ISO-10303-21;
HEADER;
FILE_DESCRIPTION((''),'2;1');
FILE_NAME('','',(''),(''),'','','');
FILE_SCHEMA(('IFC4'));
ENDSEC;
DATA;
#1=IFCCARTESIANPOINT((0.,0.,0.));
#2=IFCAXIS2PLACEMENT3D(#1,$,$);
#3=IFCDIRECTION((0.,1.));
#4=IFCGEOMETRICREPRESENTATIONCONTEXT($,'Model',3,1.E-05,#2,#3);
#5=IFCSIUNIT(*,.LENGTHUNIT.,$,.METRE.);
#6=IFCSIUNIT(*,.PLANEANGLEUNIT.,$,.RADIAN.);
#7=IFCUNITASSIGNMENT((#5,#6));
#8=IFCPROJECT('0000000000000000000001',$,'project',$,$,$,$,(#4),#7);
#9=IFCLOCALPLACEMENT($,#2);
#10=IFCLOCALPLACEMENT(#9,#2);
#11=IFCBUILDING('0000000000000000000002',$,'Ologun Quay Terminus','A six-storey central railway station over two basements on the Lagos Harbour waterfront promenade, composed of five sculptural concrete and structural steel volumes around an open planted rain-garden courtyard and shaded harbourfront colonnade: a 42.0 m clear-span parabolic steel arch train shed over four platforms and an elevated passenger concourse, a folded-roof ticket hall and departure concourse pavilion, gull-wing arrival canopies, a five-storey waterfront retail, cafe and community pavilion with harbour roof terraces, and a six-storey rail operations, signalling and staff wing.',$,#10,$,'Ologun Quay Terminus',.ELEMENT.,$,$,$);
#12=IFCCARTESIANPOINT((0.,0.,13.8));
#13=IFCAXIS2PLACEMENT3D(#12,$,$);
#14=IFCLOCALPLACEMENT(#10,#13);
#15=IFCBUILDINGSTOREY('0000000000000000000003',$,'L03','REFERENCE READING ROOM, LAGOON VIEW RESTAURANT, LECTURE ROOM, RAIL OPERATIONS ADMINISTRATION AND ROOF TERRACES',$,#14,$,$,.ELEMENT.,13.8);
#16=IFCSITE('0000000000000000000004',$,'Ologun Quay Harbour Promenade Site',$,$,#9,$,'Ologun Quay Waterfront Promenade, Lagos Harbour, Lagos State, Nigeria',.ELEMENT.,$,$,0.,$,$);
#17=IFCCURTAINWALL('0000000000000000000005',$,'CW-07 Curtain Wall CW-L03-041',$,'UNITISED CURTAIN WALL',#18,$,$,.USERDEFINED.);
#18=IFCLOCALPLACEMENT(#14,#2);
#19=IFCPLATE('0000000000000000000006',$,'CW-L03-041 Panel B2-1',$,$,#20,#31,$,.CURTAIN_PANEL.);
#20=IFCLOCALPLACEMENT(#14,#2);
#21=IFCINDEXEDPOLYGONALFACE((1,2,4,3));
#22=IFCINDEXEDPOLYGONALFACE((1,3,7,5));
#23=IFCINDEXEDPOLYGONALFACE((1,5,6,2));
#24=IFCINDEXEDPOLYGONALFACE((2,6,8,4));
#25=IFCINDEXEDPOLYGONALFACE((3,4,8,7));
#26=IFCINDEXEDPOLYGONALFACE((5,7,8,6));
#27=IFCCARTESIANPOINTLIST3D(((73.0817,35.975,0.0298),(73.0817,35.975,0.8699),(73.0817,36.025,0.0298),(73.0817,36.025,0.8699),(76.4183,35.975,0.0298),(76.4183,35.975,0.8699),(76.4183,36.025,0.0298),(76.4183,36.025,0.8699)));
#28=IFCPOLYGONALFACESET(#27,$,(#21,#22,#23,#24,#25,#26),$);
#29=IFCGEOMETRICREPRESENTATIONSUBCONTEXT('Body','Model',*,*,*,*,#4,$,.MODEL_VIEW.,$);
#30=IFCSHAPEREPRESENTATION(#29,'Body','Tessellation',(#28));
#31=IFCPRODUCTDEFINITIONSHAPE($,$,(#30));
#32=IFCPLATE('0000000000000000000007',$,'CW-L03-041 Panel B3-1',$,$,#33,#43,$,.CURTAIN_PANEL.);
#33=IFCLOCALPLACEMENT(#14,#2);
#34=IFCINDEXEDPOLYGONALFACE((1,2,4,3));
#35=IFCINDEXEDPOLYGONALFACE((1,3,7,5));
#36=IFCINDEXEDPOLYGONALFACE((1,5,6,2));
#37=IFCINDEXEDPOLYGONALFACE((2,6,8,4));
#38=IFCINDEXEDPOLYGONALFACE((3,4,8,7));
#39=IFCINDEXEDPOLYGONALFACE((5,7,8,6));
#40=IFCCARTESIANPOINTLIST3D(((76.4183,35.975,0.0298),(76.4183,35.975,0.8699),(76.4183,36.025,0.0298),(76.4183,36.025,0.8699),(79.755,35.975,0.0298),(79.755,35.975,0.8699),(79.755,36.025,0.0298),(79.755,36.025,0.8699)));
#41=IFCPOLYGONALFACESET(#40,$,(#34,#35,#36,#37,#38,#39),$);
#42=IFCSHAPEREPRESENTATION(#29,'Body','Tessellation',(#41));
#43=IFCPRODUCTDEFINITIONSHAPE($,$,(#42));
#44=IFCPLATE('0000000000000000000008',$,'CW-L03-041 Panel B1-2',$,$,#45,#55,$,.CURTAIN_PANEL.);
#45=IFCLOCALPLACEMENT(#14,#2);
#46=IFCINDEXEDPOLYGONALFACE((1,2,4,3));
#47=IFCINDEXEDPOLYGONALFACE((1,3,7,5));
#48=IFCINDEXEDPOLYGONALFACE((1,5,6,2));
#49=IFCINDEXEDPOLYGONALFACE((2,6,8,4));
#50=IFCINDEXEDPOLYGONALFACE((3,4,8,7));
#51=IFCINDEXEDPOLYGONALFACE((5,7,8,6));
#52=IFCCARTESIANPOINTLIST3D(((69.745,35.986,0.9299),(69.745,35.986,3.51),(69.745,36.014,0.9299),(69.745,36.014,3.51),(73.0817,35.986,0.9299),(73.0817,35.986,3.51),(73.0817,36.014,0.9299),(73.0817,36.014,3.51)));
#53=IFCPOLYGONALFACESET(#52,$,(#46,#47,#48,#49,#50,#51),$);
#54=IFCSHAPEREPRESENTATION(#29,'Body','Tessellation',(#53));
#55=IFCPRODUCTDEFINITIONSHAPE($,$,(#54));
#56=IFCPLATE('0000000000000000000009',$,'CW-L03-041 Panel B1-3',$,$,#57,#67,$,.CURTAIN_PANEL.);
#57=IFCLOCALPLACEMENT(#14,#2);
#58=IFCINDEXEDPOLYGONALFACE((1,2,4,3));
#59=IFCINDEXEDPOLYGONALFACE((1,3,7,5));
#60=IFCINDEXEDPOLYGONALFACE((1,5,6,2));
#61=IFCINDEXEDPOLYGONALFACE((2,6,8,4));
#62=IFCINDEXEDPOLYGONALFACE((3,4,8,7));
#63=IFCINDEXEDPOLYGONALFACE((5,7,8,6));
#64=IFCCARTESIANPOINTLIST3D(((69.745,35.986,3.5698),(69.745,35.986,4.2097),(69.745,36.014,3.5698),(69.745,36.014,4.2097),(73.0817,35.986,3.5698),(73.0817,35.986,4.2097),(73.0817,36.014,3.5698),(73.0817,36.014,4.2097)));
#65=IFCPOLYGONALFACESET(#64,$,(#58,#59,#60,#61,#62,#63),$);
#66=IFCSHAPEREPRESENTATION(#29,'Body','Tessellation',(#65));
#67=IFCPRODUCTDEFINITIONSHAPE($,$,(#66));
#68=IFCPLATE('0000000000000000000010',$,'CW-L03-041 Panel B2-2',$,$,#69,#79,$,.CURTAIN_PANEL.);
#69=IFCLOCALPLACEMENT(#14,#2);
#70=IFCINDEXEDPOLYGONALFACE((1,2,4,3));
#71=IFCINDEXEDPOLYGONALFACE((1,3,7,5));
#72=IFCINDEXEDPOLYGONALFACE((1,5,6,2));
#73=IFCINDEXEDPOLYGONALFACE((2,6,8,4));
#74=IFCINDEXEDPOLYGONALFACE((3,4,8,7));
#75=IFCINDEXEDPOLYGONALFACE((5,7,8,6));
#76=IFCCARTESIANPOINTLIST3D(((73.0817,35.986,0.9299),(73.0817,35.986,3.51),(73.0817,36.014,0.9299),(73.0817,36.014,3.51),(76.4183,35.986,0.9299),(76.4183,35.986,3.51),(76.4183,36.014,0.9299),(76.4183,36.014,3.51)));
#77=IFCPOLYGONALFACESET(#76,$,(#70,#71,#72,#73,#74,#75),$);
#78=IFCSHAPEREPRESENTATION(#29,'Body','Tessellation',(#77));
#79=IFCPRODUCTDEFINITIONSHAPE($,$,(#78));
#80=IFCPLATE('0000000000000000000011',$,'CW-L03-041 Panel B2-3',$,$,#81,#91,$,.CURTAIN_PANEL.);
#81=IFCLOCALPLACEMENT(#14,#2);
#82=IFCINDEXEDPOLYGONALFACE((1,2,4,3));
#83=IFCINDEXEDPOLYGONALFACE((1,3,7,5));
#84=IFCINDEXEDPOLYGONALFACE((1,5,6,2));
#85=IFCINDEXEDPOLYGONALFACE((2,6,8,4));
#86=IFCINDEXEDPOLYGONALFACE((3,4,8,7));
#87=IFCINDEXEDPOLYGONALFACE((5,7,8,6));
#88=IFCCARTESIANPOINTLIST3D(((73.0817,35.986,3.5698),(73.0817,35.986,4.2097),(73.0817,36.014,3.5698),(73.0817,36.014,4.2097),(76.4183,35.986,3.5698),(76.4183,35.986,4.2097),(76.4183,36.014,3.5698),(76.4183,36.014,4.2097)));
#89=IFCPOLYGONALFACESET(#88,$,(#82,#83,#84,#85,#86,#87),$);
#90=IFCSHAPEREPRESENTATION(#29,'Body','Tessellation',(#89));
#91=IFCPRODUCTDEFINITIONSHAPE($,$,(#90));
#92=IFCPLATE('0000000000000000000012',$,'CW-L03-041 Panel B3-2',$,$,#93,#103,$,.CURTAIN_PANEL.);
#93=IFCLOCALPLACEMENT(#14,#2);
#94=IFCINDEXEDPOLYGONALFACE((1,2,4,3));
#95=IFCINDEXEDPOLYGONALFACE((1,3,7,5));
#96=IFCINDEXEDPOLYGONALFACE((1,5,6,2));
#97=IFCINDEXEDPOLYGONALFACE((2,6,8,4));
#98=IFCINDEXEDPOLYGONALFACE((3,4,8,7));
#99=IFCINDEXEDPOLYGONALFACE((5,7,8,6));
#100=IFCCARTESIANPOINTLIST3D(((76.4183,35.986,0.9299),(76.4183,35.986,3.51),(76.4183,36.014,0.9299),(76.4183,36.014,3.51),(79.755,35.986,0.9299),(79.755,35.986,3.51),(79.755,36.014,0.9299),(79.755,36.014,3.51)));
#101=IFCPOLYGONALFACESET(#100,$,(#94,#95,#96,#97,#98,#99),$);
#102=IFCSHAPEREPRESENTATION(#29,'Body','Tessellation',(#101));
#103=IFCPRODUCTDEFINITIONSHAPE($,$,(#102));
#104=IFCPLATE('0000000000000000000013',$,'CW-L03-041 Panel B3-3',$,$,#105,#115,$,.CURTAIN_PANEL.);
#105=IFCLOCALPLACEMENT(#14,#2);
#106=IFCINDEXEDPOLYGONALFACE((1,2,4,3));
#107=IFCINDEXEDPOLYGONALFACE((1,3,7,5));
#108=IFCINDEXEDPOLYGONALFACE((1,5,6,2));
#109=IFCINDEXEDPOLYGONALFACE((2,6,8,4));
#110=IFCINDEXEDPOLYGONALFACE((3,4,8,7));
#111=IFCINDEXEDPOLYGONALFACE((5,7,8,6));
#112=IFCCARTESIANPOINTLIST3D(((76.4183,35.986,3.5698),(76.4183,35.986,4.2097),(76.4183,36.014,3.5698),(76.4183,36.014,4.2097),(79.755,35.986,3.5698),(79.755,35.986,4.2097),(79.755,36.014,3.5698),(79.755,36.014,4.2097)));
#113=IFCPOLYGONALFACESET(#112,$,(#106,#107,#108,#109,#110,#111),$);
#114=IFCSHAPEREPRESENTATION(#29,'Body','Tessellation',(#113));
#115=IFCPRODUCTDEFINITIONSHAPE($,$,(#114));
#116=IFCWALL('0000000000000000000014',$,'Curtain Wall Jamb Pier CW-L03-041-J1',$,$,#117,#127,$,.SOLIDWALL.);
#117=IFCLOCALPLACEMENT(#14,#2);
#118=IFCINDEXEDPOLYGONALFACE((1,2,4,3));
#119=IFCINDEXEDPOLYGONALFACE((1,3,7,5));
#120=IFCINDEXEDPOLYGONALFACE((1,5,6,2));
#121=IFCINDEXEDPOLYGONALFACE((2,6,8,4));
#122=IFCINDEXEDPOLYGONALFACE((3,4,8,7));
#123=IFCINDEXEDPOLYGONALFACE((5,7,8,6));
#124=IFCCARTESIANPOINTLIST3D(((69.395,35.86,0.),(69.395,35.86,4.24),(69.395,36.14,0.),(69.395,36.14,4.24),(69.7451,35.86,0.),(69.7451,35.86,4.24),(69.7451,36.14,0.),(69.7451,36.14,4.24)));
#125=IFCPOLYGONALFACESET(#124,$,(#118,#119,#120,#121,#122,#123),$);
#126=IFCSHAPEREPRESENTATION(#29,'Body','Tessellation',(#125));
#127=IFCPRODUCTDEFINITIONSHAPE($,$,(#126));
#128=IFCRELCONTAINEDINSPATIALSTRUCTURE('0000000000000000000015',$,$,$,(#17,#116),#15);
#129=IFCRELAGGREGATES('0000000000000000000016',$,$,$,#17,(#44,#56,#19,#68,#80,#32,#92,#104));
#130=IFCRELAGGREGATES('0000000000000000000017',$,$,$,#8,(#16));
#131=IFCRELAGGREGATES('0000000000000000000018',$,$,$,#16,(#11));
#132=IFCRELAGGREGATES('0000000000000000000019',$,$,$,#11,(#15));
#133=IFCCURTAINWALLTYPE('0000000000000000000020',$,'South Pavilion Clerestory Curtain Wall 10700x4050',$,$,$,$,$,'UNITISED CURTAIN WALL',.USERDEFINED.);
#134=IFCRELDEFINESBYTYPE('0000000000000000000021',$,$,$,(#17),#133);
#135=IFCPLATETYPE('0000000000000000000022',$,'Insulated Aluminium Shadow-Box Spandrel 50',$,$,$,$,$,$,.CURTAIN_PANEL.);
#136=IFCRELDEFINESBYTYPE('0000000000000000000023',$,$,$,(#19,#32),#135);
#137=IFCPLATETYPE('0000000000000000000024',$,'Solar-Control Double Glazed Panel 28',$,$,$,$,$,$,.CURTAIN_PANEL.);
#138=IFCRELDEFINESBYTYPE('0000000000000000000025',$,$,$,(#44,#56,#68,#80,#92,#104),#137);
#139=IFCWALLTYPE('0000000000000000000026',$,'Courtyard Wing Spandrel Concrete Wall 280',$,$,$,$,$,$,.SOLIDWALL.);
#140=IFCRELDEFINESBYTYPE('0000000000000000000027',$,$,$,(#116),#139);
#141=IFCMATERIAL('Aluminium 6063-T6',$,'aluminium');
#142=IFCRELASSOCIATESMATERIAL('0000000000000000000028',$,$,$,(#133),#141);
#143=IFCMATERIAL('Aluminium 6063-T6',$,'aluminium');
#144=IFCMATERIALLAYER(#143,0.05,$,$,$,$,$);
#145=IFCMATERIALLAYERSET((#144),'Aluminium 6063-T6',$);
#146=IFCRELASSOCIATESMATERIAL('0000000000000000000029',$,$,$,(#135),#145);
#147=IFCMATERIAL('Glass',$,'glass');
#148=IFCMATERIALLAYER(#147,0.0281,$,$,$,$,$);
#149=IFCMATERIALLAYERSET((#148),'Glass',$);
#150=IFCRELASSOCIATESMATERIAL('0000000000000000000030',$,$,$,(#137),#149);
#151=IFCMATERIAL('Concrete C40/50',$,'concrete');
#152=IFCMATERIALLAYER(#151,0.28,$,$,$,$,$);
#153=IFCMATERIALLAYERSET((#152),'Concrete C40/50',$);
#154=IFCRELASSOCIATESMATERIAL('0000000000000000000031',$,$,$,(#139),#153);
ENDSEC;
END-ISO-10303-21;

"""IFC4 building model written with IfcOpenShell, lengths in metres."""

from ifc_helpers import new_model, si_unit, direction, frame, frame_2d, origin, origin_2d, place, context, subcontext, project, spatial, rectangle, extrude, material, layer, layer_set, type_object, element, aggregate, save


model = new_model("IFC4")

# Units and contexts
model_context = context("Model", 3, precision=1e-05, world=origin(), true_north=direction((0.0, 1.0)))
body_context = subcontext(model_context, "Body", "Model", "MODEL_VIEW")
ifc_project = project(units=[si_unit("LENGTHUNIT", "METRE"), si_unit("PLANEANGLEUNIT", "RADIAN")], contexts=[model_context])

# Site, building, storey
site_placement = place(None, origin())
site = spatial("IfcSite", under=ifc_project, at=site_placement, Name="Ologun Quay Harbour Promenade Site", LongName="Ologun Quay Waterfront Promenade, Lagos Harbour, Lagos State, Nigeria", CompositionType="ELEMENT", RefElevation=0.0)
building_placement = place(site_placement, origin())
building = spatial("IfcBuilding", under=site, at=building_placement, Name="Ologun Quay Terminus", Description="A six-storey central railway station over two basements on the Lagos Harbour waterfront promenade, composed of five sculptural concrete and structural steel volumes around an open planted rain-garden courtyard and shaded harbourfront colonnade: a 42.0 m clear-span parabolic steel arch train shed over four platforms and an elevated passenger concourse, a folded-roof ticket hall and departure concourse pavilion, gull-wing arrival canopies, a five-storey waterfront retail, cafe and community pavilion with harbour roof terraces, and a six-storey rail operations, signalling and staff wing.", LongName="Ologun Quay Terminus", CompositionType="ELEMENT")
storey_placement = place(building_placement, frame((0.0, 0.0, 13.8)))
storey = spatial("IfcBuildingStorey", under=building, at=storey_placement, Name="L03", Description="REFERENCE READING ROOM, LAGOON VIEW RESTAURANT, LECTURE ROOM, RAIL OPERATIONS ADMINISTRATION AND ROOF TERRACES", CompositionType="ELEMENT", Elevation=13.8)

# Curtain wall
ifc_material_1 = material(Name="Aluminium 6063-T6", Category="aluminium")
curtain_wall_type = type_object("IfcCurtainWallType", Name="South Pavilion Clerestory Curtain Wall 10700x4050", ElementType="UNITISED CURTAIN WALL", PredefinedType="USERDEFINED", material=ifc_material_1)
curtain_wall_placement = place(storey_placement, origin())
curtain_wall = element("IfcCurtainWall", 1, at=curtain_wall_placement, inside=storey, type_object=curtain_wall_type, Name="CW-07 Curtain Wall CW-L03-041", ObjectType="UNITISED CURTAIN WALL", PredefinedType="USERDEFINED")

# Plates
ifc_material_2 = material(Name="Aluminium 6063-T6", Category="aluminium")
ifc_layer_1 = layer(ifc_material_2, 0.05)
ifc_layer_set_1 = layer_set([ifc_layer_1], Name="Aluminium 6063-T6")
plate_type_1 = type_object("IfcPlateType", Name="Insulated Aluminium Shadow-Box Spandrel 50", PredefinedType="CURTAIN_PANEL", material=ifc_layer_set_1)
plate_1_placement = place(storey_placement, frame((74.75, 36.0, 0.0298), z_axis=(0.0, 0.0, 1.0), x_axis=(1.0, 0.0, 0.0)))
plate_1 = element("IfcPlate", 2, at=plate_1_placement, type_object=plate_type_1, Name="CW-L03-041 Panel B2-1", PredefinedType="CURTAIN_PANEL", context=body_context, shape_type="SweptSolid", body=[
    extrude(rectangle(XDim=3.3367, YDim=0.05, at=origin_2d()), origin(), (0.0, 0.0, 1.0), 0.8401),
])
plate_2_placement = place(storey_placement, frame((78.0867, 36.0, 0.0298), z_axis=(0.0, 0.0, 1.0), x_axis=(1.0, 0.0, 0.0)))
plate_2 = element("IfcPlate", 3, at=plate_2_placement, type_object=plate_type_1, Name="CW-L03-041 Panel B3-1", PredefinedType="CURTAIN_PANEL", context=body_context, shape_type="SweptSolid", body=[
    extrude(rectangle(XDim=3.3367, YDim=0.05, at=origin_2d()), origin(), (0.0, 0.0, 1.0), 0.8401),
])
ifc_material_3 = material(Name="Glass", Category="glass")
ifc_layer_2 = layer(ifc_material_3, 0.0281)
ifc_layer_set_2 = layer_set([ifc_layer_2], Name="Glass")
plate_type_2 = type_object("IfcPlateType", Name="Solar-Control Double Glazed Panel 28", PredefinedType="CURTAIN_PANEL", material=ifc_layer_set_2)
plate_3_placement = place(storey_placement, frame((71.4133, 36.0, 0.9299), z_axis=(0.0, 0.0, 1.0), x_axis=(1.0, 0.0, 0.0)))
plate_3 = element("IfcPlate", 4, at=plate_3_placement, type_object=plate_type_2, Name="CW-L03-041 Panel B1-2", PredefinedType="CURTAIN_PANEL", context=body_context, shape_type="SweptSolid", body=[
    extrude(rectangle(XDim=3.3367, YDim=0.0281, at=origin_2d()), origin(), (0.0, 0.0, 1.0), 2.5801),
])
plate_4_placement = place(storey_placement, frame((71.4133, 36.0, 3.5698), z_axis=(0.0, 0.0, 1.0), x_axis=(1.0, 0.0, 0.0)))
plate_4 = element("IfcPlate", 5, at=plate_4_placement, type_object=plate_type_2, Name="CW-L03-041 Panel B1-3", PredefinedType="CURTAIN_PANEL", context=body_context, shape_type="SweptSolid", body=[
    extrude(rectangle(XDim=3.3367, YDim=0.0281, at=origin_2d()), origin(), (0.0, 0.0, 1.0), 0.6399),
])
plate_5_placement = place(storey_placement, frame((74.75, 36.0, 0.9299), z_axis=(0.0, 0.0, 1.0), x_axis=(1.0, 0.0, 0.0)))
plate_5 = element("IfcPlate", 6, at=plate_5_placement, type_object=plate_type_2, Name="CW-L03-041 Panel B2-2", PredefinedType="CURTAIN_PANEL", context=body_context, shape_type="SweptSolid", body=[
    extrude(rectangle(XDim=3.3367, YDim=0.0281, at=origin_2d()), origin(), (0.0, 0.0, 1.0), 2.5801),
])
plate_6_placement = place(storey_placement, frame((74.75, 36.0, 3.5698), z_axis=(0.0, 0.0, 1.0), x_axis=(1.0, 0.0, 0.0)))
plate_6 = element("IfcPlate", 7, at=plate_6_placement, type_object=plate_type_2, Name="CW-L03-041 Panel B2-3", PredefinedType="CURTAIN_PANEL", context=body_context, shape_type="SweptSolid", body=[
    extrude(rectangle(XDim=3.3367, YDim=0.0281, at=origin_2d()), origin(), (0.0, 0.0, 1.0), 0.6399),
])
plate_7_placement = place(storey_placement, frame((78.0867, 36.0, 0.9299), z_axis=(0.0, 0.0, 1.0), x_axis=(1.0, 0.0, 0.0)))
plate_7 = element("IfcPlate", 8, at=plate_7_placement, type_object=plate_type_2, Name="CW-L03-041 Panel B3-2", PredefinedType="CURTAIN_PANEL", context=body_context, shape_type="SweptSolid", body=[
    extrude(rectangle(XDim=3.3367, YDim=0.0281, at=origin_2d()), origin(), (0.0, 0.0, 1.0), 2.5801),
])
plate_8_placement = place(storey_placement, frame((78.0867, 36.0, 3.5698), z_axis=(0.0, 0.0, 1.0), x_axis=(1.0, 0.0, 0.0)))
plate_8 = element("IfcPlate", 9, at=plate_8_placement, type_object=plate_type_2, Name="CW-L03-041 Panel B3-3", PredefinedType="CURTAIN_PANEL", context=body_context, shape_type="SweptSolid", body=[
    extrude(rectangle(XDim=3.3367, YDim=0.0281, at=origin_2d()), origin(), (0.0, 0.0, 1.0), 0.6399),
])
aggregate(curtain_wall, [plate_3, plate_4, plate_1, plate_5, plate_6, plate_2, plate_7, plate_8])

# Wall
ifc_material_4 = material(Name="Concrete C40/50", Category="concrete")
ifc_layer_3 = layer(ifc_material_4, 0.28)
ifc_layer_set_3 = layer_set([ifc_layer_3], Name="Concrete C40/50")
wall_type = type_object("IfcWallType", Name="Courtyard Wing Spandrel Concrete Wall 280", PredefinedType="SOLIDWALL", material=ifc_layer_set_3)
wall_placement = place(storey_placement, frame((69.395, 36.0, 0.0), z_axis=(0.0, 0.0, 1.0), x_axis=(1.0, 0.0, 0.0)))
element("IfcWall", 10, at=wall_placement, inside=storey, type_object=wall_type, Name="Curtain Wall Jamb Pier CW-L03-041-J1", PredefinedType="SOLIDWALL", context=body_context, shape_type="SweptSolid", body=[
    extrude(rectangle(XDim=0.3501, YDim=0.28, at=frame_2d((0.175, 0.0))), origin(), (0.0, 0.0, 1.0), 4.24),
])

save(model, "model.ifc")
